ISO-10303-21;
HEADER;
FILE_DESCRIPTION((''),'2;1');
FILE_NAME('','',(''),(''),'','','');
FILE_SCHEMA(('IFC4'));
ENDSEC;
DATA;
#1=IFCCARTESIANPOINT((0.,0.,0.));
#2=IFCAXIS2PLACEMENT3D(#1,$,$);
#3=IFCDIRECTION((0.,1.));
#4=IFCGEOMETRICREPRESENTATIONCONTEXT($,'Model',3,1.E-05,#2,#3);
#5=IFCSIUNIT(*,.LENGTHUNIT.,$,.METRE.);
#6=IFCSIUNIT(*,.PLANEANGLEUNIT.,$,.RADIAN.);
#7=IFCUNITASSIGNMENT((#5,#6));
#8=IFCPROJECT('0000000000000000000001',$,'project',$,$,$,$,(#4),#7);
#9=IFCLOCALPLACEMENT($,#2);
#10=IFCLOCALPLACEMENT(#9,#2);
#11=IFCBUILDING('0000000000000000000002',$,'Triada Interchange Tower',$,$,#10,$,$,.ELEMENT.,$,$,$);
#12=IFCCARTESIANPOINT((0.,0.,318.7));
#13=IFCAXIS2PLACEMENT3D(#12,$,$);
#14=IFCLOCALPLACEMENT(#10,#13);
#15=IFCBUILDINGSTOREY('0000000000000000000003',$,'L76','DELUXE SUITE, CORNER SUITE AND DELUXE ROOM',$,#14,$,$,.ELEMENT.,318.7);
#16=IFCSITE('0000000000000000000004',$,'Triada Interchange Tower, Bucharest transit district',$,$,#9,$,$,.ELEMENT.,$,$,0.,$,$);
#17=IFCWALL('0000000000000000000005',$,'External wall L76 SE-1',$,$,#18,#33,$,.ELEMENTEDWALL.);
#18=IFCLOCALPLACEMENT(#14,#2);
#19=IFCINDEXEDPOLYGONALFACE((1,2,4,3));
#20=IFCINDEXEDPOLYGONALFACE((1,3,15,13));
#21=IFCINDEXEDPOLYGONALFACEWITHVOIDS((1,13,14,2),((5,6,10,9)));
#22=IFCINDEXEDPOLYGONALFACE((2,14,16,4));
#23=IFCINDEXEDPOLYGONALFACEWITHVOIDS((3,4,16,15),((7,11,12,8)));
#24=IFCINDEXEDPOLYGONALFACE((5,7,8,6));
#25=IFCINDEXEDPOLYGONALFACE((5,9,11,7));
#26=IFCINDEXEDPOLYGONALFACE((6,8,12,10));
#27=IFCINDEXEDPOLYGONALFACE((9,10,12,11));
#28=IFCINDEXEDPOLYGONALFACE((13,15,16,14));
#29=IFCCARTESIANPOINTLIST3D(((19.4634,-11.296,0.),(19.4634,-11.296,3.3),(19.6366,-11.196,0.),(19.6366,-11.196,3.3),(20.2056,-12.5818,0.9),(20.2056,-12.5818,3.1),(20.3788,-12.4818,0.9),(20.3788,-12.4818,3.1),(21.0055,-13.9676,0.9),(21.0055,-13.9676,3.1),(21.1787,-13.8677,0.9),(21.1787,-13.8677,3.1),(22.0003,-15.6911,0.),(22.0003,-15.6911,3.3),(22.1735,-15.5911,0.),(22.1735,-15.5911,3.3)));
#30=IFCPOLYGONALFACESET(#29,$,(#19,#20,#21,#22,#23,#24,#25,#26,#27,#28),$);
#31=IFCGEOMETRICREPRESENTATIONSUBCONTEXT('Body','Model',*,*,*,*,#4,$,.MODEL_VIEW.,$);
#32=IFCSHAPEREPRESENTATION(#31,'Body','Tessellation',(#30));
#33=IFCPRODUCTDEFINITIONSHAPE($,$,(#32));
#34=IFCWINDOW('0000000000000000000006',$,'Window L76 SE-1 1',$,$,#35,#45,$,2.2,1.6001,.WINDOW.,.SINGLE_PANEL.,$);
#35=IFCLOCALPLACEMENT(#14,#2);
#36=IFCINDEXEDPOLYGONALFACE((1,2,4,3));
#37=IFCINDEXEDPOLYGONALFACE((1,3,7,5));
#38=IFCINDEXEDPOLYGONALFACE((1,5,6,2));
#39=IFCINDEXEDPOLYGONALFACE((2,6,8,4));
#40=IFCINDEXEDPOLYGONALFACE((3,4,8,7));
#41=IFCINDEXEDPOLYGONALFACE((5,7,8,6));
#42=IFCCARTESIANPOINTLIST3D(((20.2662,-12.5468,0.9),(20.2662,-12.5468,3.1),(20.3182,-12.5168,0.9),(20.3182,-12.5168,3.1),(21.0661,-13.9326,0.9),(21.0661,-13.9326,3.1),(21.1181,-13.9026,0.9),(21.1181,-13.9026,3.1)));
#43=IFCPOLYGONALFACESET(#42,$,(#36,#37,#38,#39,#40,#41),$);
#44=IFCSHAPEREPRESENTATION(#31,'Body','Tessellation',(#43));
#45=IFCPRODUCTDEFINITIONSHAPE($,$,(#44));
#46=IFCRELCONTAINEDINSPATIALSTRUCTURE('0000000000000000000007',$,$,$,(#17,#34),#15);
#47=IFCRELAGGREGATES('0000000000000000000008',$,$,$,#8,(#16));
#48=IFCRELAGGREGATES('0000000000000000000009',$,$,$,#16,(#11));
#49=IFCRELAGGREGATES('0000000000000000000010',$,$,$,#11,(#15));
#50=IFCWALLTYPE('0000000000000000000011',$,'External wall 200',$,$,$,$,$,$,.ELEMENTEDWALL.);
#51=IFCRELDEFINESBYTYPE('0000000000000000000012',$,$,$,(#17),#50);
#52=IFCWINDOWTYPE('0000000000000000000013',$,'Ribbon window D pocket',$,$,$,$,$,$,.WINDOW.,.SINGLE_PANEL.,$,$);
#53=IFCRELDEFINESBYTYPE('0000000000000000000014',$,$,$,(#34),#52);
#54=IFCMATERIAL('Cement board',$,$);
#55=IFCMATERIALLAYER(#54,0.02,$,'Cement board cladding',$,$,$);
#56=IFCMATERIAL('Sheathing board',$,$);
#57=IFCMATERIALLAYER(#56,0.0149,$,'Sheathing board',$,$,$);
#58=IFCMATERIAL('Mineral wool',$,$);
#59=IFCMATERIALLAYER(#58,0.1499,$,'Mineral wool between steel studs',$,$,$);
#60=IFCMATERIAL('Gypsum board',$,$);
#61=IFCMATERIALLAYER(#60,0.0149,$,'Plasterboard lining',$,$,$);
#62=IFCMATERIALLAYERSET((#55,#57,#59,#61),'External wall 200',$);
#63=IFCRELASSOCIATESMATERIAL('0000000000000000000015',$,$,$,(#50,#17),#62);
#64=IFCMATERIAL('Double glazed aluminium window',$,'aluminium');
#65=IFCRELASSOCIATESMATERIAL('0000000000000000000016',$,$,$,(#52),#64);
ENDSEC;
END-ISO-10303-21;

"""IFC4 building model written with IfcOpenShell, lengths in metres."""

from ifc_helpers import new_model, si_unit, direction, frame, frame_2d, origin, place, context, subcontext, project, spatial, rectangle, extrude, material, layer, layer_set, layer_usage, type_object, element, fill, save


model = new_model("IFC4")

# Units and contexts
model_context = context("Model", 3, precision=1e-05, world=origin(), true_north=direction((0.0, 1.0)))
body_context = subcontext(model_context, "Body", "Model", "MODEL_VIEW")
ifc_project = project(units=[si_unit("LENGTHUNIT", "METRE"), si_unit("PLANEANGLEUNIT", "RADIAN")], contexts=[model_context])

# Site, building, storey
site_placement = place(None, origin())
site = spatial("IfcSite", under=ifc_project, at=site_placement, Name="Triada Interchange Tower, Bucharest transit district", CompositionType="ELEMENT", RefElevation=0.0)
building_placement = place(site_placement, origin())
building = spatial("IfcBuilding", under=site, at=building_placement, Name="Triada Interchange Tower", CompositionType="ELEMENT")
storey_placement = place(building_placement, frame((0.0, 0.0, 318.7)))
storey = spatial("IfcBuildingStorey", under=building, at=storey_placement, Name="L76", Description="DELUXE SUITE, CORNER SUITE AND DELUXE ROOM", CompositionType="ELEMENT", Elevation=318.7)

# Wall, opening, window
ifc_material_1 = material(Name="Cement board")
ifc_layer_1 = layer(ifc_material_1, 0.02, Name="Cement board cladding")
ifc_material_2 = material(Name="Sheathing board")
ifc_layer_2 = layer(ifc_material_2, 0.0149, Name="Sheathing board")
ifc_material_3 = material(Name="Mineral wool")
ifc_layer_3 = layer(ifc_material_3, 0.1499, Name="Mineral wool between steel studs")
ifc_material_4 = material(Name="Gypsum board")
ifc_layer_4 = layer(ifc_material_4, 0.0149, Name="Plasterboard lining")
ifc_layer_set_1 = layer_set([ifc_layer_1, ifc_layer_2, ifc_layer_3, ifc_layer_4], Name="External wall 200")
ifc_layer_usage = layer_usage(ifc_layer_set_1, "AXIS2", "POSITIVE", -0.1001)
wall_type = type_object("IfcWallType", Name="External wall 200", PredefinedType="ELEMENTEDWALL", material=ifc_layer_set_1)
wall_1_placement = place(storey_placement, frame((22.0869, -15.6411, 0.0), z_axis=(0.0, 0.0, 1.0), x_axis=(-0.499911, 0.866077, 0.0)))
wall_1 = element("IfcWall", 1, at=wall_1_placement, inside=storey, type_object=wall_type, material=ifc_layer_usage, Name="External wall L76 SE-1", PredefinedType="ELEMENTEDWALL", context=body_context, shape_type="SweptSolid", body=[
    extrude(rectangle(XDim=5.0747, YDim=0.2, at=frame_2d((2.5374, 0.0))), origin(), (0.0, 0.0, 1.0), 3.3),
])
opening_1_placement = place(wall_1_placement, frame((1.99, 0.0, 0.8999)))
opening_1 = element("IfcOpeningElement", 2, at=opening_1_placement, cuts=wall_1, PredefinedType="OPENING", context=body_context, shape_type="SweptSolid", body=[
    extrude(rectangle(XDim=1.6001, YDim=2.2, at=frame_2d((0.8, 1.1001))), frame((0.0, 0.1099, 0.0), z_axis=(0.0, -1.0, 0.0), x_axis=(1.0, 0.0, 0.0)), (0.0, 0.0, 1.0), 0.22),
])
ifc_material_5 = material(Name="Double glazed aluminium window", Category="aluminium")
window_type_1 = type_object("IfcWindowType", Name="Ribbon window D pocket", PartitioningType="SINGLE_PANEL", PredefinedType="WINDOW", material=ifc_material_5)
window_1_placement = place(opening_1_placement, origin())
window_1 = element("IfcWindow", 3, at=window_1_placement, inside=storey, type_object=window_type_1, Name="Window L76 SE-1 1", OverallHeight=2.2, OverallWidth=1.6001, PartitioningType="SINGLE_PANEL", PredefinedType="WINDOW", context=body_context, shape_type="SweptSolid", body=[
    extrude(rectangle(XDim=1.6001, YDim=2.2, at=frame_2d((0.8, 1.1001))), frame((0.0, 0.03, 0.0), z_axis=(0.0, -1.0, 0.0), x_axis=(1.0, 0.0, 0.0)), (0.0, 0.0, 1.0), 0.0601),
])
fill(opening_1, window_1)

save(model, "model.ifc")
